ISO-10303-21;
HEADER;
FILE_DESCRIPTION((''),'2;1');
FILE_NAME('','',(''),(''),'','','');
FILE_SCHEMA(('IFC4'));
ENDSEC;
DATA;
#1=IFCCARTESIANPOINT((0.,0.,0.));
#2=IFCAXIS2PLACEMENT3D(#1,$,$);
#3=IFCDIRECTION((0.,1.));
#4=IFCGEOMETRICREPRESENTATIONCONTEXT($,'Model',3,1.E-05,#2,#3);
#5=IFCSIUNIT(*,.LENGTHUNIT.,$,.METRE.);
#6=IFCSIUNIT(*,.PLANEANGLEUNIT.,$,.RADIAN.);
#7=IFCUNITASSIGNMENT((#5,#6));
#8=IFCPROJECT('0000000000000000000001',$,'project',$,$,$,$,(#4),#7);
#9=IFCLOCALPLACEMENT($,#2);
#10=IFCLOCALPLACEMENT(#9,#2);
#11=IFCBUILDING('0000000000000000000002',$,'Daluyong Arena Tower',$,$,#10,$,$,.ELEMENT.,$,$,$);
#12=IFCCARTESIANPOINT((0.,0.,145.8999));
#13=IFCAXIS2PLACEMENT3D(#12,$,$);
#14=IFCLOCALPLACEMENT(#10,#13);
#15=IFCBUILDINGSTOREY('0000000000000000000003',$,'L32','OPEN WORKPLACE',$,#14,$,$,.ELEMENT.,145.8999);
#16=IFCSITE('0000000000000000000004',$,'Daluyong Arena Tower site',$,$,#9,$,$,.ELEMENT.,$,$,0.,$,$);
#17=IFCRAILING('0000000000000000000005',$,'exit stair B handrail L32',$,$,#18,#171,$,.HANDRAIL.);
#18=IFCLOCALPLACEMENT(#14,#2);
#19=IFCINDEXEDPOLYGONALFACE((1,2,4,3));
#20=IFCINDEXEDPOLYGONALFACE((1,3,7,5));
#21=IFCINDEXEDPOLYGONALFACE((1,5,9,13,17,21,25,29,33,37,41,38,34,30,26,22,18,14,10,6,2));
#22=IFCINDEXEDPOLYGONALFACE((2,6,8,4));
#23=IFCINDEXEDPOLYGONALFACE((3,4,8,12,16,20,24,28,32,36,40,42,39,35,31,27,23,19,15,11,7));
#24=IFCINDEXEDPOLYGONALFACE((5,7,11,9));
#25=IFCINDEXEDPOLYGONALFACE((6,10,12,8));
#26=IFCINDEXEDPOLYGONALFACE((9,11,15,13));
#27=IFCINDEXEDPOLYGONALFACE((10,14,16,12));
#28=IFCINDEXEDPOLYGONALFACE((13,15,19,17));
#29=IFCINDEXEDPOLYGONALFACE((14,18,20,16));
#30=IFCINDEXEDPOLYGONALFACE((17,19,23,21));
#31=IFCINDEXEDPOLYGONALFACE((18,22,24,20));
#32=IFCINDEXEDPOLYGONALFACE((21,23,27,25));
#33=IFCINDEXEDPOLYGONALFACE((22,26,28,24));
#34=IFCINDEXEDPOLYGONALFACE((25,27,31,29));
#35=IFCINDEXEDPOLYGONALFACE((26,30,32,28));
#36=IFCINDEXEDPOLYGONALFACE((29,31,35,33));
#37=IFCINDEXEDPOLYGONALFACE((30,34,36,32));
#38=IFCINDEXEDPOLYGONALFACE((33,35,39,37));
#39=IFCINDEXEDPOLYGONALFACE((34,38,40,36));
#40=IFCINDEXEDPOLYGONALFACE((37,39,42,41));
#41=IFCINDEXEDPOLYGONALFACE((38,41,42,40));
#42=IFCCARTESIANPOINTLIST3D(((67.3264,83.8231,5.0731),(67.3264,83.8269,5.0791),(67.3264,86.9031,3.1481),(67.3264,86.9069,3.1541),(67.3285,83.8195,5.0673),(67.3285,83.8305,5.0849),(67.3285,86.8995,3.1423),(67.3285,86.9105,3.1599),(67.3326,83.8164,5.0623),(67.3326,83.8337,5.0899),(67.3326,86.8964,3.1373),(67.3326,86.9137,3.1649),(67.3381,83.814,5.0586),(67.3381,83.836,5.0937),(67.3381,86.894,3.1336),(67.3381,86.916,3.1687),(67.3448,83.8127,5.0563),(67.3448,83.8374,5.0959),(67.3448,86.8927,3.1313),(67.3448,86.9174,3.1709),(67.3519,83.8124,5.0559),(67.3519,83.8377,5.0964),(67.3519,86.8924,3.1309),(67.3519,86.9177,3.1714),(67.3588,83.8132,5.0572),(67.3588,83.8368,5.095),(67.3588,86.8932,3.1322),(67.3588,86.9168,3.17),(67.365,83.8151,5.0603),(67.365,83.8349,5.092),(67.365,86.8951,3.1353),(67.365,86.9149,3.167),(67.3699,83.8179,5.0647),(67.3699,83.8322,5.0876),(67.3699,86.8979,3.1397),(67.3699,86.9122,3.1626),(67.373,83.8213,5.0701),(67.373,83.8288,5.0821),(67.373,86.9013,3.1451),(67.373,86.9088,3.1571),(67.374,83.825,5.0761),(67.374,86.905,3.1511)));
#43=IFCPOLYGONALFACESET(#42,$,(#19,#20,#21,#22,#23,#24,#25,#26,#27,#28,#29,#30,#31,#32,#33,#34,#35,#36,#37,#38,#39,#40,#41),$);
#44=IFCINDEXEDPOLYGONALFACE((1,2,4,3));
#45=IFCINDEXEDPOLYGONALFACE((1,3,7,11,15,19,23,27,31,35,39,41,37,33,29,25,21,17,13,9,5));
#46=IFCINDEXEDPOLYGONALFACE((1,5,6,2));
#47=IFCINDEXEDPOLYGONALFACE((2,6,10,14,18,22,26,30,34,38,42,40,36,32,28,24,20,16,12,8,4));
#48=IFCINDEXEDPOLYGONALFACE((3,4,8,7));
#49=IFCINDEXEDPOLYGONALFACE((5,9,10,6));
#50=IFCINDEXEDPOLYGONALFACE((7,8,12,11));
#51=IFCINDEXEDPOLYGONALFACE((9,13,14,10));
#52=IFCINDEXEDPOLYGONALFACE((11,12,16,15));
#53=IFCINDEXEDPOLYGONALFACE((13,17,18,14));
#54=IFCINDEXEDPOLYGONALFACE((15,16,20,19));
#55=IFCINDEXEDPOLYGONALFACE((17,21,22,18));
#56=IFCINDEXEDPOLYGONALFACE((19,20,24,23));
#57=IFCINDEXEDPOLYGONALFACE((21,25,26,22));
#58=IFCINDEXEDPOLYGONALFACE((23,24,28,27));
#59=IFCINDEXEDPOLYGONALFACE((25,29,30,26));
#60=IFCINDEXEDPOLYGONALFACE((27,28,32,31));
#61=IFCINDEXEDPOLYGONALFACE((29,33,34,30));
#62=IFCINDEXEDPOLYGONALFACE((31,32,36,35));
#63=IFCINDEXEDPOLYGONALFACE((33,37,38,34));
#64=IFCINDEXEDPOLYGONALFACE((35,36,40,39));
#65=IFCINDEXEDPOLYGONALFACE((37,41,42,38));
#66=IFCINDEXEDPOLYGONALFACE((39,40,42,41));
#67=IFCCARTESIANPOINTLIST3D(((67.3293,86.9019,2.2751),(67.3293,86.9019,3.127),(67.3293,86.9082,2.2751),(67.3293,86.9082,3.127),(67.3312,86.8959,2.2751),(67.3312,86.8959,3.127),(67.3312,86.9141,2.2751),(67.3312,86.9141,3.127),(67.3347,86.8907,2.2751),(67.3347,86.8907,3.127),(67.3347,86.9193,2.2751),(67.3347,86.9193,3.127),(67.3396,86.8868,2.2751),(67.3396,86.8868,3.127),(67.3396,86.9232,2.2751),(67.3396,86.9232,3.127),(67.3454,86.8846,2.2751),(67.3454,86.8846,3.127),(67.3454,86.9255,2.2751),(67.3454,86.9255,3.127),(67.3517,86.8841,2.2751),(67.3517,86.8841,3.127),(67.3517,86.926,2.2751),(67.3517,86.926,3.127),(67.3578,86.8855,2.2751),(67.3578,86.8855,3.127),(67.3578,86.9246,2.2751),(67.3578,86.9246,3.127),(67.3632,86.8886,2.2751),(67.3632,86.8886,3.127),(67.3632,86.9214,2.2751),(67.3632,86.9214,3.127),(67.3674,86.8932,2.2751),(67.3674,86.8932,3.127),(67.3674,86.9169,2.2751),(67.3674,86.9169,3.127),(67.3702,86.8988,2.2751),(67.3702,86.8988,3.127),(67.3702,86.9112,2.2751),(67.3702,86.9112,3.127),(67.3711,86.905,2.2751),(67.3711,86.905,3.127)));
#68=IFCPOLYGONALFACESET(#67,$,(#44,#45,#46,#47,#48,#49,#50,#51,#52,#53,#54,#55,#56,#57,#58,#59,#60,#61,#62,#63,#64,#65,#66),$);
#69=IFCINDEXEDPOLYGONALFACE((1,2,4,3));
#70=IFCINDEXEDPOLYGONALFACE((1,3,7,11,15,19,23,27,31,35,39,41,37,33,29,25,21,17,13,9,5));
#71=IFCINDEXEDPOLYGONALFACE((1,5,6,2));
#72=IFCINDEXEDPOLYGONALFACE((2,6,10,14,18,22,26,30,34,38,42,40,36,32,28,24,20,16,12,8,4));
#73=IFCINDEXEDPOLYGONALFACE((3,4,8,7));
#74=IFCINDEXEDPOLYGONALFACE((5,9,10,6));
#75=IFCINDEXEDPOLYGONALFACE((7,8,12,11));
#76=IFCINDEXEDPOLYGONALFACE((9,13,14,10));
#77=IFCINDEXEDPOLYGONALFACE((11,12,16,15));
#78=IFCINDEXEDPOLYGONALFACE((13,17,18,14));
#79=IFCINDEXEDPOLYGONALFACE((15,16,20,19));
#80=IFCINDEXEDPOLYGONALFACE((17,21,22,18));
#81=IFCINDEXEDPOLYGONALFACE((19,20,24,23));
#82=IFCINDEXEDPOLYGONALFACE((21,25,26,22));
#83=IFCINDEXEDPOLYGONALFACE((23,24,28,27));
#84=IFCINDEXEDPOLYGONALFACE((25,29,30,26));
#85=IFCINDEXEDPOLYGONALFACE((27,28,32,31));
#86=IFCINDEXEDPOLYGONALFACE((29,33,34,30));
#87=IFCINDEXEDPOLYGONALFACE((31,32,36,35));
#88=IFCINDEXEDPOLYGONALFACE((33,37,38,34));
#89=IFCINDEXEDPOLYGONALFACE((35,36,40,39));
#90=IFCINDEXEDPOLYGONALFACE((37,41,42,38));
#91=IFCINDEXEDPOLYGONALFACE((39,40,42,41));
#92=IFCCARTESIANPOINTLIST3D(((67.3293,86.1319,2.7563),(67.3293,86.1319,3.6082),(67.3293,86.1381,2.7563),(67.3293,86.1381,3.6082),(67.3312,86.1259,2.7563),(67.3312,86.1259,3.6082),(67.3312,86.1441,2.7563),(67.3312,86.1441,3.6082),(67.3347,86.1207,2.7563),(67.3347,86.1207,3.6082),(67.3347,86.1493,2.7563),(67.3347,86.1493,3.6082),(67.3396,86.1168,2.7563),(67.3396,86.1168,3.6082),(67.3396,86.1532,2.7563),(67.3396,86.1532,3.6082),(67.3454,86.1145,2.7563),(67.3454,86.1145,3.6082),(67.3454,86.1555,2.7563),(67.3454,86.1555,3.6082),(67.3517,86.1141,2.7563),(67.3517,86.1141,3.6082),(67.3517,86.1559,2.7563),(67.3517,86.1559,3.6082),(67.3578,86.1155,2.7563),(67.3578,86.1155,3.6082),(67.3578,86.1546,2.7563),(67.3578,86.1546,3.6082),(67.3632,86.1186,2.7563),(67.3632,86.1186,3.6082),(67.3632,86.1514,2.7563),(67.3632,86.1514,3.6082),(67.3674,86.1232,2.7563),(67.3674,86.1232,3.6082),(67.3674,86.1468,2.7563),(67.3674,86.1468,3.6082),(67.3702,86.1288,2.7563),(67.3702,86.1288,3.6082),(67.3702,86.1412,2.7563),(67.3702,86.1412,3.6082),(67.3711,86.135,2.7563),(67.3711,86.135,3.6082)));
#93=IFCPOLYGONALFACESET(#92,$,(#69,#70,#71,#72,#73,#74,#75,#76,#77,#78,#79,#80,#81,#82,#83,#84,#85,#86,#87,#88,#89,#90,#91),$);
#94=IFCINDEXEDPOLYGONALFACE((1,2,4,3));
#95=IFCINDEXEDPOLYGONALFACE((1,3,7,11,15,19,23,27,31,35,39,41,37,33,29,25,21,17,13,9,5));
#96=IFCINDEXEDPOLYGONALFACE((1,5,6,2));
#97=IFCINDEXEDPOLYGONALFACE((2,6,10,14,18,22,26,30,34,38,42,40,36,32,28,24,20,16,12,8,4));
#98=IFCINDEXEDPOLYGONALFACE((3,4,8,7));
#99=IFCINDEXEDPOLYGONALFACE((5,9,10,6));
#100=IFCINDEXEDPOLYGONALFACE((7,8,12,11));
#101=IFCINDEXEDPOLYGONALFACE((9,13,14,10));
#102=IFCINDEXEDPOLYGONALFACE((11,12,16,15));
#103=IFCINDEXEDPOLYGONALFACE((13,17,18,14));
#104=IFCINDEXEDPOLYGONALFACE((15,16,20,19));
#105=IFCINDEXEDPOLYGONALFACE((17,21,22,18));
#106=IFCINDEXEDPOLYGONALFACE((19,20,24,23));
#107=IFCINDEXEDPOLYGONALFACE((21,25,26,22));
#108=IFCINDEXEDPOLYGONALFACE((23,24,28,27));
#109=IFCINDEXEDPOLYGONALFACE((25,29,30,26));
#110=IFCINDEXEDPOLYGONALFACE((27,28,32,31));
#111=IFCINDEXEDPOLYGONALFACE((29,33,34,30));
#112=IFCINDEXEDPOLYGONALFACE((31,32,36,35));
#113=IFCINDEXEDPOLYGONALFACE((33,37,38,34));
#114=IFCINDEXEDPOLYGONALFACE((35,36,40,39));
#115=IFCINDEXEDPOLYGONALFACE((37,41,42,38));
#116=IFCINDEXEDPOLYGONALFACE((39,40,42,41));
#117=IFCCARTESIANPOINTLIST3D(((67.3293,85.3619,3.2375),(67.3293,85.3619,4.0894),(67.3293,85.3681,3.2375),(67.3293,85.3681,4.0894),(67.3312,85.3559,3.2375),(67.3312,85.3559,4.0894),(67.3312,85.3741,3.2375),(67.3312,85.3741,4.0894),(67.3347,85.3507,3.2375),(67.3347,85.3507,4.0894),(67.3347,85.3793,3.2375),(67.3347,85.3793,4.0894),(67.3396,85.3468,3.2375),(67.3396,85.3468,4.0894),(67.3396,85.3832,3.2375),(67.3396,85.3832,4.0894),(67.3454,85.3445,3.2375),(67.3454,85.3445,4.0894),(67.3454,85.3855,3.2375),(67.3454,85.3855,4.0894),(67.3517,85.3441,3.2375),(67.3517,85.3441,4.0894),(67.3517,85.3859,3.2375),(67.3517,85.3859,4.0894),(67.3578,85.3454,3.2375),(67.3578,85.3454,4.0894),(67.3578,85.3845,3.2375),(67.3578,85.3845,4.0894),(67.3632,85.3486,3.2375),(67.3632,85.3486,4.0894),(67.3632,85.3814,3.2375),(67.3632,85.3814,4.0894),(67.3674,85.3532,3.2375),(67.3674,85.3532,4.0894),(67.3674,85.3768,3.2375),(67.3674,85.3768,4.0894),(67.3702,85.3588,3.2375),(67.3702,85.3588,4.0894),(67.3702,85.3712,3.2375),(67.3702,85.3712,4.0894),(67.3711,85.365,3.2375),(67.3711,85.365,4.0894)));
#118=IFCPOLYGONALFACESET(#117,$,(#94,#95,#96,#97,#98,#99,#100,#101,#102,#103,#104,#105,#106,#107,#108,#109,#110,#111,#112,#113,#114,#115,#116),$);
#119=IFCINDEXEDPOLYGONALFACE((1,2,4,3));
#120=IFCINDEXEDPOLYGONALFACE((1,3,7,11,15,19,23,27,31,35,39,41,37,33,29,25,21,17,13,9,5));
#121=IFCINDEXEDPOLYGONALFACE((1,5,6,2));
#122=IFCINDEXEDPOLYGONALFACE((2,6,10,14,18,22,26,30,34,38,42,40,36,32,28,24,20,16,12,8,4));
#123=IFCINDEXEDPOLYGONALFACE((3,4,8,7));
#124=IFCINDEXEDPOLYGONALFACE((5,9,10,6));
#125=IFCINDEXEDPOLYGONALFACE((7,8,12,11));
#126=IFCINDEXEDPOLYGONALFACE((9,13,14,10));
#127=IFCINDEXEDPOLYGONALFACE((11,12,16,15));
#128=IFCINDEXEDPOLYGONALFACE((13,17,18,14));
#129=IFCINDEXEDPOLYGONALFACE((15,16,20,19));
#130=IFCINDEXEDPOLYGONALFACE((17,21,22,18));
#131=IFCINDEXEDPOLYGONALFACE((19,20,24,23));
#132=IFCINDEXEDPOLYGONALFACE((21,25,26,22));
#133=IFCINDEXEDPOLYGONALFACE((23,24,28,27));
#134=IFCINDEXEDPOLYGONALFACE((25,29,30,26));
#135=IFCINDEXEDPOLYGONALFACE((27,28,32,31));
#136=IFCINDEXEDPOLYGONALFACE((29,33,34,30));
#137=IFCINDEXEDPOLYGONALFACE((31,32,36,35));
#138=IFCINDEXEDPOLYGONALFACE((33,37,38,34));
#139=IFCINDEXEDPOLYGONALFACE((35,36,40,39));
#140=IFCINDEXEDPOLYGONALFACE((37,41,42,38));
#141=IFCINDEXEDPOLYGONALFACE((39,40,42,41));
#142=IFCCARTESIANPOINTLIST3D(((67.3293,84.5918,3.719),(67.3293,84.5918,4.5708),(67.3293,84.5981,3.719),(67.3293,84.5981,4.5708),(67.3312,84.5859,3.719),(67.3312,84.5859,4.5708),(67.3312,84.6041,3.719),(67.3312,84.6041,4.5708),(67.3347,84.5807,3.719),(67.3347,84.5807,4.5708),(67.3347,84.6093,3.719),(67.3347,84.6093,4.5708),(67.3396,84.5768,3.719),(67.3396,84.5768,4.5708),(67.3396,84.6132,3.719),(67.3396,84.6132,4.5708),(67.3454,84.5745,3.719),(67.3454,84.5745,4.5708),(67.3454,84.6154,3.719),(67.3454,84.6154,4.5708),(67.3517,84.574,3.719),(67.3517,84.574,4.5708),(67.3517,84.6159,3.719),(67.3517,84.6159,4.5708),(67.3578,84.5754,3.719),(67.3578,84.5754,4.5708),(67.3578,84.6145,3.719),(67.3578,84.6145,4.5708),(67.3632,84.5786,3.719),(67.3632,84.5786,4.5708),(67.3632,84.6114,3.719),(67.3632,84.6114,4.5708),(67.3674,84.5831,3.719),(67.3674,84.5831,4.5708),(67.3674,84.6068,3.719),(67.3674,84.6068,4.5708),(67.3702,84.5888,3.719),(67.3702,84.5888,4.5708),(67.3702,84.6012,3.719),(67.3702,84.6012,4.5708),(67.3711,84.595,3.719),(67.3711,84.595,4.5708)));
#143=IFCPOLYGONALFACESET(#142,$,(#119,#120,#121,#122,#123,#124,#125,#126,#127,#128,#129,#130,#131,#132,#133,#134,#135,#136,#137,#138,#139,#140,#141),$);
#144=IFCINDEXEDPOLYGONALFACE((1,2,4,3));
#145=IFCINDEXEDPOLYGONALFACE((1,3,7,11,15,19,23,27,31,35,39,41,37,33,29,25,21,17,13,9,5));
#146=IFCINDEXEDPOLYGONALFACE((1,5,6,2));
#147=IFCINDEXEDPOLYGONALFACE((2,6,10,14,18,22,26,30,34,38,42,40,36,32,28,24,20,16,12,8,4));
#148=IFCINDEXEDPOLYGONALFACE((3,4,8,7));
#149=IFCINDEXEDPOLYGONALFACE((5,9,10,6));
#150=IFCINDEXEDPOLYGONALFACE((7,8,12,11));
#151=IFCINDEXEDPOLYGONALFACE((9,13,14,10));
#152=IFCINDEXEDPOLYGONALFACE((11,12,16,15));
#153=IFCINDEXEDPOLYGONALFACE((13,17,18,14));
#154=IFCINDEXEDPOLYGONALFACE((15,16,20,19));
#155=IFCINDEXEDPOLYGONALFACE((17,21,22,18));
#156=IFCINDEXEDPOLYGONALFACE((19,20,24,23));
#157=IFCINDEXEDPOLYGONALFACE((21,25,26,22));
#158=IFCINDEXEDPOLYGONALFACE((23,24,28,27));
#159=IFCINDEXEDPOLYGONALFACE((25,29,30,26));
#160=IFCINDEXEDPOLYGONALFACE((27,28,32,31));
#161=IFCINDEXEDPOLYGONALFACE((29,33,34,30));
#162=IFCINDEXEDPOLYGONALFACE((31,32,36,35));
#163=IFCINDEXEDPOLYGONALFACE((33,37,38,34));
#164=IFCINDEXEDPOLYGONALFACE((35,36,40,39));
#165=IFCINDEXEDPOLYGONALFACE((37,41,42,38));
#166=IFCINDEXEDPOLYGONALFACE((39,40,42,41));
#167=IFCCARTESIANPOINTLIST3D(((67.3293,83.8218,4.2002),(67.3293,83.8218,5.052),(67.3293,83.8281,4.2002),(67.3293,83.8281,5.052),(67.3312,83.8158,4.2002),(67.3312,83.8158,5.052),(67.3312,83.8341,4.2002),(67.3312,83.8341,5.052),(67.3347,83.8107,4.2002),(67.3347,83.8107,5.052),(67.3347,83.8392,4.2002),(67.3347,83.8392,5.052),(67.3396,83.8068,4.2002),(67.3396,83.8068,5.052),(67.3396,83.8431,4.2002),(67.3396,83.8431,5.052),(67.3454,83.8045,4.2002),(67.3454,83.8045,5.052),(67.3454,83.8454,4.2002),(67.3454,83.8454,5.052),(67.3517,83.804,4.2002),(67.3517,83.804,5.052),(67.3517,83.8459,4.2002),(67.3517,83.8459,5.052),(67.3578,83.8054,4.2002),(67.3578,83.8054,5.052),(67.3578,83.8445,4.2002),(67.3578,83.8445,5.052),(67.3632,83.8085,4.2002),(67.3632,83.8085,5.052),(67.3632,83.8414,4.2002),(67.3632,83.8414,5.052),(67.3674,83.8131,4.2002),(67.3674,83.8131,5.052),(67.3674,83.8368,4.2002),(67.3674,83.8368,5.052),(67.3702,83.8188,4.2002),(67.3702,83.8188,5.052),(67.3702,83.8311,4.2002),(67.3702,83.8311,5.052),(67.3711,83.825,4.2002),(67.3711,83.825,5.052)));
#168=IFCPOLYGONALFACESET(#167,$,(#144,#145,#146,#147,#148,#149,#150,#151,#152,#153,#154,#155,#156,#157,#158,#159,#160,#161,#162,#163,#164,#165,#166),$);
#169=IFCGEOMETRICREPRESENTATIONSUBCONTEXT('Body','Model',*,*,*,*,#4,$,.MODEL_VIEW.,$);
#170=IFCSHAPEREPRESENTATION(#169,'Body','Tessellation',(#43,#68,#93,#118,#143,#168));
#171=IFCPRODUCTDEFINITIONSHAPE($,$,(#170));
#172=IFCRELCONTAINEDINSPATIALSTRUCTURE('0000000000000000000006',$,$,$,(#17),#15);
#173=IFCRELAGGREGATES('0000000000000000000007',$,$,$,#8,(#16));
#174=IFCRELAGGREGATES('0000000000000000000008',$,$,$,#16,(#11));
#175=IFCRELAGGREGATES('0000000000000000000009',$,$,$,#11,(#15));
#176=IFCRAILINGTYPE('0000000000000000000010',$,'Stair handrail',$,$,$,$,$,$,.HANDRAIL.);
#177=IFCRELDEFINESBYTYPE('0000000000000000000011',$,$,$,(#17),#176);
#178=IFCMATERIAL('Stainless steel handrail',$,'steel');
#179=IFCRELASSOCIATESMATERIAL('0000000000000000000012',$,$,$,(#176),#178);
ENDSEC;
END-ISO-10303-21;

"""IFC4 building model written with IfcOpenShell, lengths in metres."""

from ifc_helpers import new_model, si_unit, direction, frame, origin, origin_2d, place, context, subcontext, project, spatial, circle, extrude, material, type_object, element, save


model = new_model("IFC4")

# Units and contexts
model_context = context("Model", 3, precision=1e-05, world=origin(), true_north=direction((0.0, 1.0)))
body_context = subcontext(model_context, "Body", "Model", "MODEL_VIEW")
ifc_project = project(units=[si_unit("LENGTHUNIT", "METRE"), si_unit("PLANEANGLEUNIT", "RADIAN")], contexts=[model_context])

# Site, building, storey
site_placement = place(None, origin())
site = spatial("IfcSite", under=ifc_project, at=site_placement, Name="Daluyong Arena Tower site", CompositionType="ELEMENT", RefElevation=0.0)
building_placement = place(site_placement, origin())
building = spatial("IfcBuilding", under=site, at=building_placement, Name="Daluyong Arena Tower", CompositionType="ELEMENT")
storey_placement = place(building_placement, frame((0.0, 0.0, 145.8999)))
storey = spatial("IfcBuildingStorey", under=building, at=storey_placement, Name="L32", Description="OPEN WORKPLACE", CompositionType="ELEMENT", Elevation=145.8999)

# Railing
ifc_material_1 = material(Name="Stainless steel handrail", Category="steel")
railing_type_1 = type_object("IfcRailingType", Name="Stair handrail", PredefinedType="HANDRAIL", material=ifc_material_1)
railing_1_placement = place(storey_placement, frame((67.3501, 86.905, 2.2751)))
element("IfcRailing", 1, at=railing_1_placement, inside=storey, type_object=railing_type_1, Name="exit stair B handrail L32", PredefinedType="HANDRAIL", context=body_context, shape_type="SweptSolid", body=[
    extrude(circle(Radius=0.0239, at=origin_2d()), frame((0.0, 0.0, 0.876), z_axis=(0.0, -0.847998, 0.529999), x_axis=(1.0, 0.0, 0.0)), (0.0, 0.0, 1.0), 3.6321),
    extrude(circle(Radius=0.021, at=origin_2d()), origin(), (0.0, 0.0, 1.0), 0.8518),
    extrude(circle(Radius=0.021, at=origin_2d()), frame((0.0, -0.77, 0.4812)), (0.0, 0.0, 1.0), 0.8518),
    extrude(circle(Radius=0.021, at=origin_2d()), frame((0.0, -1.54, 0.9624)), (0.0, 0.0, 1.0), 0.8518),
    extrude(circle(Radius=0.021, at=origin_2d()), frame((0.0, -2.3101, 1.4438)), (0.0, 0.0, 1.0), 0.8518),
    extrude(circle(Radius=0.021, at=origin_2d()), frame((0.0, -3.0801, 1.925)), (0.0, 0.0, 1.0), 0.8518),
])

save(model, "model.ifc")
